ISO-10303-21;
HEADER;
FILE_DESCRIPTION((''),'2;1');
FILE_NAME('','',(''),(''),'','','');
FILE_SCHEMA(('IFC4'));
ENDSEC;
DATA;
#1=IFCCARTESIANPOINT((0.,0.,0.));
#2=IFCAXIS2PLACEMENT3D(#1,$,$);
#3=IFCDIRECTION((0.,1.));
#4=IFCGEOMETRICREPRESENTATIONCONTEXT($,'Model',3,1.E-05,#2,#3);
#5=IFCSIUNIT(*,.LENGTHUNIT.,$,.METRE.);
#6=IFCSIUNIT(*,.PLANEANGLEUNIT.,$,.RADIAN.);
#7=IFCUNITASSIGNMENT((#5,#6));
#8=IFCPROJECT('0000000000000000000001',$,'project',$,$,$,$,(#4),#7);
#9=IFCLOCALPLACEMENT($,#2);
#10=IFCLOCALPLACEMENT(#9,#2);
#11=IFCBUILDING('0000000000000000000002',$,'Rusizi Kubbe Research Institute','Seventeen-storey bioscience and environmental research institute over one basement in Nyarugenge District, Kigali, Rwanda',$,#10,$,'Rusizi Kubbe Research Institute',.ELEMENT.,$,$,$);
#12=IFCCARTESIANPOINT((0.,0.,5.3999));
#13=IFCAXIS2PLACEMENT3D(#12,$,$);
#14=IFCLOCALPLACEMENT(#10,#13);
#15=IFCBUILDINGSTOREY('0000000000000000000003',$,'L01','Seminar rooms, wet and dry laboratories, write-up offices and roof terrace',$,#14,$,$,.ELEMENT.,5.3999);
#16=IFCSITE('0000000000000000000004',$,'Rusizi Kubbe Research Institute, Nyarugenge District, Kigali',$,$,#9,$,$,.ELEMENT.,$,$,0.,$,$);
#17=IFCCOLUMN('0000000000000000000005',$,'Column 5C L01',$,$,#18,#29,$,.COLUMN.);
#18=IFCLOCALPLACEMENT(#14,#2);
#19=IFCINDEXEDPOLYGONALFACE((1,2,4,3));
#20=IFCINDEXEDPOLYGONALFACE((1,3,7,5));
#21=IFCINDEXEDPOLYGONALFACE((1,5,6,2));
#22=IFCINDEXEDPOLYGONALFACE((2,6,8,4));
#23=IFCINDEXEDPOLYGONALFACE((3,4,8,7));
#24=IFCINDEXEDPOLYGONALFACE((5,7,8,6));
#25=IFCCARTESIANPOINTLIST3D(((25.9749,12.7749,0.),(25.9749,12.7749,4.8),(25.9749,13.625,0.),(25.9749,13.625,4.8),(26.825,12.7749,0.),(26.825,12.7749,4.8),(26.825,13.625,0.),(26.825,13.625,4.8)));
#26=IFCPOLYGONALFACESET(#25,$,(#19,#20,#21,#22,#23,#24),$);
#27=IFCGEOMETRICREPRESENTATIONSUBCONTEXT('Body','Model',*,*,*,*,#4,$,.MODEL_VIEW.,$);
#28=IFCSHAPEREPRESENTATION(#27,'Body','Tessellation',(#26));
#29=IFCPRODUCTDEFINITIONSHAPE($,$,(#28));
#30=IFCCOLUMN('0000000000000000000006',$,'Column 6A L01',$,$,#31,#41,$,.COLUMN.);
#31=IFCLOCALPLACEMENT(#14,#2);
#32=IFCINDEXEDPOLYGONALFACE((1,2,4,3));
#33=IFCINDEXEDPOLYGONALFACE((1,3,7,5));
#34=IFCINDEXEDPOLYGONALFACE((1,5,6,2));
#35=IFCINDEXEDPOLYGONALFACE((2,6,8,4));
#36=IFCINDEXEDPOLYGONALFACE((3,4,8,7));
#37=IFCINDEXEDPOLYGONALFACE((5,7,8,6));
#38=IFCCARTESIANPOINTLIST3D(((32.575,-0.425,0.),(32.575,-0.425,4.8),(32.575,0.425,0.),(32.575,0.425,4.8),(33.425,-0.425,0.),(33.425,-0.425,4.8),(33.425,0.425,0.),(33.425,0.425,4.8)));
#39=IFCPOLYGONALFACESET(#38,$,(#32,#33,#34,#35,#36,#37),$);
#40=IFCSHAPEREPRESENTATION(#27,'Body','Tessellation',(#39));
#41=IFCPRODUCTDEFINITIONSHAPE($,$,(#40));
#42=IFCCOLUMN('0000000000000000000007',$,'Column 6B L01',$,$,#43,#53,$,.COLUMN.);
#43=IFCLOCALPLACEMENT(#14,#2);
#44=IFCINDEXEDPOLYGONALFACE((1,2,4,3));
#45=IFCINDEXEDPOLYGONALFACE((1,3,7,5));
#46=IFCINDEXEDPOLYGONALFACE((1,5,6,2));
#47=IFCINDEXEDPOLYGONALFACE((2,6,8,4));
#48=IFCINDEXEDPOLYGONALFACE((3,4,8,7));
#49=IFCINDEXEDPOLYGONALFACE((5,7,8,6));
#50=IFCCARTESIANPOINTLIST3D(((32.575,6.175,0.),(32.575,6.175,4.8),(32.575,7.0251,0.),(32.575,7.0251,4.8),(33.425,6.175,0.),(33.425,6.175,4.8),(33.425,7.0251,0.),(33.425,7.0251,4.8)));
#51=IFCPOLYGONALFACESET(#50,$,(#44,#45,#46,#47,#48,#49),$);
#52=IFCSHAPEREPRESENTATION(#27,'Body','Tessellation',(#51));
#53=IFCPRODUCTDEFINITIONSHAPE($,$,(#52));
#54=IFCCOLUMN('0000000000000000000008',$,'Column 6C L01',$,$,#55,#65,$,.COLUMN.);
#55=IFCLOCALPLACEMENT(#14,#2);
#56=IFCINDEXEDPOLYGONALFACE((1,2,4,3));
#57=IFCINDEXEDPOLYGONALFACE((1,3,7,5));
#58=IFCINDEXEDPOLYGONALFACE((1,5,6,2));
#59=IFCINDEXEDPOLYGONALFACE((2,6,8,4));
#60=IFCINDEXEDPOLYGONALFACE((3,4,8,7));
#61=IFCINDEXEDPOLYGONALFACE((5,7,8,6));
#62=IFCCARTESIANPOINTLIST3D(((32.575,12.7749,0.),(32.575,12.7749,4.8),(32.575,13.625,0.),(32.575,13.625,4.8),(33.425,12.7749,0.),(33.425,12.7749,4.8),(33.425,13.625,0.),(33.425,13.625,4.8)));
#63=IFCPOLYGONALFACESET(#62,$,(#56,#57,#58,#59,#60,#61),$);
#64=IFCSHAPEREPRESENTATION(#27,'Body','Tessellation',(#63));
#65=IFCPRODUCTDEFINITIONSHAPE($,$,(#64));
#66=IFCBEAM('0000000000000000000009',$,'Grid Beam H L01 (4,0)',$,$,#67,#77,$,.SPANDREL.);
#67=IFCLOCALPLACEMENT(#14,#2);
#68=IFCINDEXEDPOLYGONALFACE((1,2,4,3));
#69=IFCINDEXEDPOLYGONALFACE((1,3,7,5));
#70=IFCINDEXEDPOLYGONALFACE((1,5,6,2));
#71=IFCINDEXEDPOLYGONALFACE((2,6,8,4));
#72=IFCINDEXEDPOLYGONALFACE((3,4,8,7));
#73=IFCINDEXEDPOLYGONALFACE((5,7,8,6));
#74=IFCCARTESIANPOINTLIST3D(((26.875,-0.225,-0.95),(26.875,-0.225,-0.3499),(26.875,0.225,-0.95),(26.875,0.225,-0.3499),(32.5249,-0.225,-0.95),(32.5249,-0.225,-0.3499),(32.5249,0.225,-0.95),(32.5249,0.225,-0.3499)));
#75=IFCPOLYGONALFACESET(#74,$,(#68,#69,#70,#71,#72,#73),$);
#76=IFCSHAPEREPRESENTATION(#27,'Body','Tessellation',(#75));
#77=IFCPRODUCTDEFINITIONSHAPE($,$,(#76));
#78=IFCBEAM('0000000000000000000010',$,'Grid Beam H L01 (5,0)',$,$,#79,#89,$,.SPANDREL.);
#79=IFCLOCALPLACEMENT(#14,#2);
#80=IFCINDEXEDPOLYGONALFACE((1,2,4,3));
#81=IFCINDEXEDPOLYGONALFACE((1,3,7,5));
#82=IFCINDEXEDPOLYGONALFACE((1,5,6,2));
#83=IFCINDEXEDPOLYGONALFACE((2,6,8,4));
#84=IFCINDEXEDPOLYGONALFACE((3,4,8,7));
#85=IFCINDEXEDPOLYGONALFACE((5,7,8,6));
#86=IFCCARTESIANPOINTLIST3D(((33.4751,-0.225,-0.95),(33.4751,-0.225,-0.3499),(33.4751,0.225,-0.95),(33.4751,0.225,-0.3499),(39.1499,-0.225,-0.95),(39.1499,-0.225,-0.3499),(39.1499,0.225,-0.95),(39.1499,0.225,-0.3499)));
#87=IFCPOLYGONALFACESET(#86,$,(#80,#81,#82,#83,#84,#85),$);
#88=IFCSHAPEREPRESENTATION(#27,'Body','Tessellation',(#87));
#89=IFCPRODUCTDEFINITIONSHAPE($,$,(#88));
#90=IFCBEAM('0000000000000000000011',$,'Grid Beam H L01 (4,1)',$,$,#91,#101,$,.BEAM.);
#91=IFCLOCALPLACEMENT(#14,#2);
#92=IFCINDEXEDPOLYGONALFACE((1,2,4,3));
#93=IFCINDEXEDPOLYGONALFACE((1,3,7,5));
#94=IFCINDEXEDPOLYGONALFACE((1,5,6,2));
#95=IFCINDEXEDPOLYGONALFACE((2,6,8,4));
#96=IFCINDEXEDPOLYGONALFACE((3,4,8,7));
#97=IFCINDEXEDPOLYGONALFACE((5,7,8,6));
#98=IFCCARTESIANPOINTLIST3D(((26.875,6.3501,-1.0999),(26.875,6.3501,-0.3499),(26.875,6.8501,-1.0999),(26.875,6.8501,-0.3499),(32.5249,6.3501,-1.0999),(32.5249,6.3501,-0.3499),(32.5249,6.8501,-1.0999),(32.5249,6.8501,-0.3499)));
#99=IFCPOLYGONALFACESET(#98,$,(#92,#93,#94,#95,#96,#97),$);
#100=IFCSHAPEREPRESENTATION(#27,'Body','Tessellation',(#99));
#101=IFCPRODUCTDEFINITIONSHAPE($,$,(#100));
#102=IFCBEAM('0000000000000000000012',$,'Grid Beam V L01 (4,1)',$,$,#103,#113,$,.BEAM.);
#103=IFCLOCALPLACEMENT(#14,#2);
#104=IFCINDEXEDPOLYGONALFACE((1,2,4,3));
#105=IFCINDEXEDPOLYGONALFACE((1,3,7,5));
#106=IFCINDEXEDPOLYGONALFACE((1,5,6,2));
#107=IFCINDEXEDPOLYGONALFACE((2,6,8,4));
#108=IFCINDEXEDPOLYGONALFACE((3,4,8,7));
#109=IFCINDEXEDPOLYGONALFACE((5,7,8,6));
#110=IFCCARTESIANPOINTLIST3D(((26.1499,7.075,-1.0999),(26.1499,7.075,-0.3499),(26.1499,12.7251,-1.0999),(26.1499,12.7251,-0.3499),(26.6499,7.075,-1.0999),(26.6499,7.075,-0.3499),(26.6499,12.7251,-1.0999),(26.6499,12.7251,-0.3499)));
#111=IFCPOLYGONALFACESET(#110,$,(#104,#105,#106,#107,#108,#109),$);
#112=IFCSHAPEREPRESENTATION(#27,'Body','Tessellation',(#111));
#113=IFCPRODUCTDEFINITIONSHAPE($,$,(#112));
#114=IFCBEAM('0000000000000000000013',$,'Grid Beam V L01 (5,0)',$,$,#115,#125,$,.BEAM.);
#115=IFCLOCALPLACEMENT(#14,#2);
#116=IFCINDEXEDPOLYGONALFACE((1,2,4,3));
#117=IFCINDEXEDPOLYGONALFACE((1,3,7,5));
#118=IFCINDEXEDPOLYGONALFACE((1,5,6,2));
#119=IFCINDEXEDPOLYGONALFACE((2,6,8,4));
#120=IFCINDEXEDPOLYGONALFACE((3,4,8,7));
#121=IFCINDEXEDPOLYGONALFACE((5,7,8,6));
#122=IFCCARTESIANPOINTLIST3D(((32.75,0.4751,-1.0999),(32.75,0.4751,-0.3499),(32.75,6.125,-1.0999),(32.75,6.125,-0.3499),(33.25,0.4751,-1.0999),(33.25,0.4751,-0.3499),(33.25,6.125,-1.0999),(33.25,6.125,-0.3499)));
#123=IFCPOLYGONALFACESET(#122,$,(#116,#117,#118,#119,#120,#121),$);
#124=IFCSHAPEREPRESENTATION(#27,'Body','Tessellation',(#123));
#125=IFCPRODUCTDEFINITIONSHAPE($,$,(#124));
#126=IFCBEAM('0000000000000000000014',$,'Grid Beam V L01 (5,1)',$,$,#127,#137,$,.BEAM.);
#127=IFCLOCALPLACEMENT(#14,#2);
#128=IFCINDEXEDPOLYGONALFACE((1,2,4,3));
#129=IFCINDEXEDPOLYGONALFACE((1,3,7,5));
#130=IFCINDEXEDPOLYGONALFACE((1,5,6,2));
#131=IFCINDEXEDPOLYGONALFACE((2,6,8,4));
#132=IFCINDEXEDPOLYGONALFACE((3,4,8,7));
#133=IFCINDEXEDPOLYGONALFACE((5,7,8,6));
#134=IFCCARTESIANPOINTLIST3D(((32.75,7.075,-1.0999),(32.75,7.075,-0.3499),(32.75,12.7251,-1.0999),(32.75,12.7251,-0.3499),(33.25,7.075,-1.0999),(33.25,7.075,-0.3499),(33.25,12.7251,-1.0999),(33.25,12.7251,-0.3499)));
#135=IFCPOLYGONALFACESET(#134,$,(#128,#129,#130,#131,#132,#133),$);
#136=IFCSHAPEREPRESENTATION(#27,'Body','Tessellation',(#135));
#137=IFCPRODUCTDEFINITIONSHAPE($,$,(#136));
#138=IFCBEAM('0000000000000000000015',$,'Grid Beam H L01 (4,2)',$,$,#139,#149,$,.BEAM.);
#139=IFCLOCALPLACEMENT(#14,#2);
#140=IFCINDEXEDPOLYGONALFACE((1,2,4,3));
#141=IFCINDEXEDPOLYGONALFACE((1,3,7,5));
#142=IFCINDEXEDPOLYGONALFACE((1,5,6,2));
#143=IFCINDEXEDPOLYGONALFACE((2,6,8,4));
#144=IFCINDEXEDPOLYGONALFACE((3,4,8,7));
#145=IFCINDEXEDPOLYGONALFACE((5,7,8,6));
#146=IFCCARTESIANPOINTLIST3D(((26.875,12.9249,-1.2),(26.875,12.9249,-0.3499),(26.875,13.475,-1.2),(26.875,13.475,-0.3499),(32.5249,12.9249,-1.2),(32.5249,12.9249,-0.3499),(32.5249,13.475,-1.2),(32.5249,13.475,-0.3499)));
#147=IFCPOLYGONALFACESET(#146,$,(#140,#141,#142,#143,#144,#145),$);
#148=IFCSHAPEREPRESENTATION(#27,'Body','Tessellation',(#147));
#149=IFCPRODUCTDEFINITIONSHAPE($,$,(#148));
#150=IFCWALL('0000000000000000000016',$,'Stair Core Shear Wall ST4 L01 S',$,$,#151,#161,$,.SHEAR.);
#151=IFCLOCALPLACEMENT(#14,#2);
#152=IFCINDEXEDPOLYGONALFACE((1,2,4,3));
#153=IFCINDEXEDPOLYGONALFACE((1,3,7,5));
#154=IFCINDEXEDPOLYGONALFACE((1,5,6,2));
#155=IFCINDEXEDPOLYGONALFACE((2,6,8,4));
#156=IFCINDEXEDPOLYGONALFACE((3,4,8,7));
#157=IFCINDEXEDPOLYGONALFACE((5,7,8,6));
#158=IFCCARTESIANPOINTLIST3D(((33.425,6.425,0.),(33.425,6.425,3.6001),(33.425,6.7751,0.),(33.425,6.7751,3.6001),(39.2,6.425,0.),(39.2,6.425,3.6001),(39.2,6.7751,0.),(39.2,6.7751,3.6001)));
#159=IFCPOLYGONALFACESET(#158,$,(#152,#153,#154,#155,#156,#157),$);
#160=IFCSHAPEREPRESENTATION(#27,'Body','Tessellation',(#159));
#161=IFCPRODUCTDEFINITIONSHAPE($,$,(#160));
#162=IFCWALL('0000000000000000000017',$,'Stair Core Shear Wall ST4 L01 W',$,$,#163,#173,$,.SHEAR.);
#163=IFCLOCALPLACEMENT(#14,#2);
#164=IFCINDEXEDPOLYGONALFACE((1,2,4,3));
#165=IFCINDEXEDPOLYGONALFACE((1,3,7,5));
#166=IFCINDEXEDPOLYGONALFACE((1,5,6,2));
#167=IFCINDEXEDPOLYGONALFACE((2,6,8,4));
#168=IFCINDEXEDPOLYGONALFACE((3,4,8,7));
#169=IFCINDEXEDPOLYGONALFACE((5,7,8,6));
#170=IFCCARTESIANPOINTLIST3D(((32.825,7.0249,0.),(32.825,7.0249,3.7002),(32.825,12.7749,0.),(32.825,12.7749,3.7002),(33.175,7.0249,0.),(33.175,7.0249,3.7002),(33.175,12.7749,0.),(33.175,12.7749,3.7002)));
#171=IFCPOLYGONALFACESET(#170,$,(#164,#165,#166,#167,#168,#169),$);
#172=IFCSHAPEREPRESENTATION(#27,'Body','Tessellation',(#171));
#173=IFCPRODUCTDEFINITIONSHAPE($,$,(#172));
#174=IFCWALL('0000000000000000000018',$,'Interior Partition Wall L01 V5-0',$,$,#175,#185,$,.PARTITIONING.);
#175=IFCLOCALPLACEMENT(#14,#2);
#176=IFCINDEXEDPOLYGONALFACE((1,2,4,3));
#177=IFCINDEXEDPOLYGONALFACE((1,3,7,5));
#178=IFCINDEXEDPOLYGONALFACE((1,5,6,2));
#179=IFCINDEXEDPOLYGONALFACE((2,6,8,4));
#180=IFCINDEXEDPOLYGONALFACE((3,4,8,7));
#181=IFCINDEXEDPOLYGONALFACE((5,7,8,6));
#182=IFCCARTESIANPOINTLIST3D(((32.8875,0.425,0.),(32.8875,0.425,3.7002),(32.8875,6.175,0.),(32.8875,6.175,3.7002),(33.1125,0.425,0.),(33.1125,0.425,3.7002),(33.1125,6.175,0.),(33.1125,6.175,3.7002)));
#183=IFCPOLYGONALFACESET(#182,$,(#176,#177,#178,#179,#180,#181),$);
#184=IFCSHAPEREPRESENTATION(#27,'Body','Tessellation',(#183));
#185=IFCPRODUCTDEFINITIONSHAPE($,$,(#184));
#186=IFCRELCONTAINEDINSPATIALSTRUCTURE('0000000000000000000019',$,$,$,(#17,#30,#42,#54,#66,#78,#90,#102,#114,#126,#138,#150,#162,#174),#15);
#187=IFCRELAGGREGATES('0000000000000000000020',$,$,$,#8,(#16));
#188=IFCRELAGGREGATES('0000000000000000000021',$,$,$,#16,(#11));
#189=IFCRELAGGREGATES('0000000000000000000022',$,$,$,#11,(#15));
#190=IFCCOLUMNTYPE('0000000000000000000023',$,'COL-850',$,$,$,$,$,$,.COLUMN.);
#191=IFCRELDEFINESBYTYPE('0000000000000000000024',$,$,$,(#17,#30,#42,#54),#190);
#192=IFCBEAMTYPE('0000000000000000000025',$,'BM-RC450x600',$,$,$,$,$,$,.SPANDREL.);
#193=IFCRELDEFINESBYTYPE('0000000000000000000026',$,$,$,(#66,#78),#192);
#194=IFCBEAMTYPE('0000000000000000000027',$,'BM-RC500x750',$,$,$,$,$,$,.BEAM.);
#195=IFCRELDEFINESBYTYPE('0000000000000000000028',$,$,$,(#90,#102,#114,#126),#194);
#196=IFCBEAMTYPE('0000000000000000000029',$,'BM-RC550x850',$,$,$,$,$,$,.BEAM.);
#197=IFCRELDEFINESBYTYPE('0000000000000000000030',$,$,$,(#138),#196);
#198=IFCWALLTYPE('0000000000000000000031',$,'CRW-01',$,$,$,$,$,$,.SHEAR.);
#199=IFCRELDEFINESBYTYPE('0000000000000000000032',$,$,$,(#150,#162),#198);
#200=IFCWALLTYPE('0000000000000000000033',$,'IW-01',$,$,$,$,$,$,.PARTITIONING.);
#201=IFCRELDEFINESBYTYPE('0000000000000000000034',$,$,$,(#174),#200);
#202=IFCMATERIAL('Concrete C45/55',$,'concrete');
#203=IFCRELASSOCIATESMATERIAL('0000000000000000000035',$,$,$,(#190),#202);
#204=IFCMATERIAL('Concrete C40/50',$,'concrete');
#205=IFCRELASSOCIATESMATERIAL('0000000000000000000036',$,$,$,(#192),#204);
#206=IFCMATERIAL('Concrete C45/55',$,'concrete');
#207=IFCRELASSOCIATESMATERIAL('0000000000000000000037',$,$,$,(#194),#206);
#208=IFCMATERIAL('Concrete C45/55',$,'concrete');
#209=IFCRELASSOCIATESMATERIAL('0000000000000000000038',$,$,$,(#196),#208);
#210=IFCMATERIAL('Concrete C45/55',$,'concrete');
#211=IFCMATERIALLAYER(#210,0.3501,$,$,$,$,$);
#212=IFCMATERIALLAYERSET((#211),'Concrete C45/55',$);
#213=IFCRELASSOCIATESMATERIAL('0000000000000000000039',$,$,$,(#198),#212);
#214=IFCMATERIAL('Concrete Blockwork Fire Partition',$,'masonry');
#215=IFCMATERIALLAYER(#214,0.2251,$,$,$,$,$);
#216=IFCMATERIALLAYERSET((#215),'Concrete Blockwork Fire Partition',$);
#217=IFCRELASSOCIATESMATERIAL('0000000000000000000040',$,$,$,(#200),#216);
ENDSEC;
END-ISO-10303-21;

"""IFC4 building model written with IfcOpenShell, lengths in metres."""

from ifc_helpers import new_model, si_unit, direction, frame, frame_2d, origin, origin_2d, place, context, subcontext, project, spatial, rectangle, extrude, material, layer, layer_set, material_profile, profile_set, type_object, element, save


model = new_model("IFC4")

# Units and contexts
model_context = context("Model", 3, precision=1e-05, world=origin(), true_north=direction((0.0, 1.0)))
body_context = subcontext(model_context, "Body", "Model", "MODEL_VIEW")
ifc_project = project(units=[si_unit("LENGTHUNIT", "METRE"), si_unit("PLANEANGLEUNIT", "RADIAN")], contexts=[model_context])

# Site, building, storey
site_placement = place(None, origin())
site = spatial("IfcSite", under=ifc_project, at=site_placement, Name="Rusizi Kubbe Research Institute, Nyarugenge District, Kigali", CompositionType="ELEMENT", RefElevation=0.0)
building_placement = place(site_placement, origin())
building = spatial("IfcBuilding", under=site, at=building_placement, Name="Rusizi Kubbe Research Institute", Description="Seventeen-storey bioscience and environmental research institute over one basement in Nyarugenge District, Kigali, Rwanda", LongName="Rusizi Kubbe Research Institute", CompositionType="ELEMENT")
storey_placement = place(building_placement, frame((0.0, 0.0, 5.3999)))
storey = spatial("IfcBuildingStorey", under=building, at=storey_placement, Name="L01", Description="Seminar rooms, wet and dry laboratories, write-up offices and roof terrace", CompositionType="ELEMENT", Elevation=5.3999)

# Columns
ifc_material_1 = material(Name="Concrete C45/55", Category="concrete")
ifc_material_profile_1 = material_profile(ifc_material_1, rectangle(XDim=0.8501, YDim=0.8501, at=origin_2d()), Name="RC850x850")
ifc_profile_set_1 = profile_set([ifc_material_profile_1], Name="Concrete C45/55")
column_type = type_object("IfcColumnType", Name="COL-850", PredefinedType="COLUMN", material=ifc_profile_set_1)
for number, where, z_axis, x_axis, name in (
    (1, (26.3999, 13.2, 0.0), (0.0, 0.0, 1.0), (1.0, 0.0, 0.0), "Column 5C L01"),
    (2, (33.0, 0.0, 0.0), (0.0, 0.0, 1.0), (1.0, 0.0, 0.0), "Column 6A L01"),
    (3, (33.0, 6.6001, 0.0), (0.0, 0.0, 1.0), (1.0, 0.0, 0.0), "Column 6B L01"),
    (4, (33.0, 13.2, 0.0), (0.0, 0.0, 1.0), (1.0, 0.0, 0.0), "Column 6C L01"),
):
    element("IfcColumn", number, at=place(storey_placement, frame(where, z_axis=z_axis, x_axis=x_axis)), inside=storey, type_object=column_type, Name=name, PredefinedType="COLUMN", context=body_context, shape_type="SweptSolid", body=[
        extrude(rectangle(XDim=0.8501, YDim=0.8501, at=origin_2d()), origin(), (0.0, 0.0, 1.0), 4.8),
    ])

# Beams
ifc_material_2 = material(Name="Concrete C40/50", Category="concrete")
ifc_material_profile_2 = material_profile(ifc_material_2, rectangle(XDim=0.45, YDim=0.6001, at=origin_2d()), Name="RC450x600")
ifc_profile_set_2 = profile_set([ifc_material_profile_2], Name="Concrete C40/50")
beam_type_1 = type_object("IfcBeamType", Name="BM-RC450x600", PredefinedType="SPANDREL", material=ifc_profile_set_2)
beam_1_placement = place(storey_placement, frame((26.875, 0.0, -0.6499), z_axis=(1.0, 0.0, 0.0), x_axis=(0.0, 1.0, 0.0)))
element("IfcBeam", 5, at=beam_1_placement, inside=storey, type_object=beam_type_1, Name="Grid Beam H L01 (4,0)", PredefinedType="SPANDREL", context=body_context, shape_type="SweptSolid", body=[
    extrude(rectangle(XDim=0.45, YDim=0.6001, at=origin_2d()), origin(), (0.0, 0.0, 1.0), 5.6499),
])
beam_2_placement = place(storey_placement, frame((33.4751, 0.0, -0.6499), z_axis=(1.0, 0.0, 0.0), x_axis=(0.0, 1.0, 0.0)))
element("IfcBeam", 6, at=beam_2_placement, inside=storey, type_object=beam_type_1, Name="Grid Beam H L01 (5,0)", PredefinedType="SPANDREL", context=body_context, shape_type="SweptSolid", body=[
    extrude(rectangle(XDim=0.45, YDim=0.6001, at=origin_2d()), origin(), (0.0, 0.0, 1.0), 5.6748),
])
ifc_material_3 = material(Name="Concrete C45/55", Category="concrete")
ifc_material_profile_3 = material_profile(ifc_material_3, rectangle(XDim=0.5, YDim=0.75, at=origin_2d()), Name="RC500x750B")
ifc_profile_set_3 = profile_set([ifc_material_profile_3], Name="Concrete C45/55")
beam_type_2 = type_object("IfcBeamType", Name="BM-RC500x750", PredefinedType="BEAM", material=ifc_profile_set_3)
beam_3_placement = place(storey_placement, frame((26.875, 6.6001, -0.7249), z_axis=(1.0, 0.0, 0.0), x_axis=(0.0, 1.0, 0.0)))
element("IfcBeam", 7, at=beam_3_placement, inside=storey, type_object=beam_type_2, Name="Grid Beam H L01 (4,1)", PredefinedType="BEAM", context=body_context, shape_type="SweptSolid", body=[
    extrude(rectangle(XDim=0.5, YDim=0.75, at=origin_2d()), origin(), (0.0, 0.0, 1.0), 5.6499),
])
beam_4_placement = place(storey_placement, frame((26.3999, 7.075, -0.7249), z_axis=(0.0, 1.0, 0.0), x_axis=(-1.0, 0.0, 0.0)))
element("IfcBeam", 8, at=beam_4_placement, inside=storey, type_object=beam_type_2, Name="Grid Beam V L01 (4,1)", PredefinedType="BEAM", context=body_context, shape_type="SweptSolid", body=[
    extrude(rectangle(XDim=0.5, YDim=0.75, at=origin_2d()), origin(), (0.0, 0.0, 1.0), 5.6501),
])
beam_5_placement = place(storey_placement, frame((33.0, 0.4751, -0.7249), z_axis=(0.0, 1.0, 0.0), x_axis=(-1.0, 0.0, 0.0)))
element("IfcBeam", 9, at=beam_5_placement, inside=storey, type_object=beam_type_2, Name="Grid Beam V L01 (5,0)", PredefinedType="BEAM", context=body_context, shape_type="SweptSolid", body=[
    extrude(rectangle(XDim=0.5, YDim=0.75, at=origin_2d()), origin(), (0.0, 0.0, 1.0), 5.6499),
])
beam_6_placement = place(storey_placement, frame((33.0, 7.075, -0.7249), z_axis=(0.0, 1.0, 0.0), x_axis=(-1.0, 0.0, 0.0)))
element("IfcBeam", 10, at=beam_6_placement, inside=storey, type_object=beam_type_2, Name="Grid Beam V L01 (5,1)", PredefinedType="BEAM", context=body_context, shape_type="SweptSolid", body=[
    extrude(rectangle(XDim=0.5, YDim=0.75, at=origin_2d()), origin(), (0.0, 0.0, 1.0), 5.6501),
])
ifc_material_4 = material(Name="Concrete C45/55", Category="concrete")
ifc_material_profile_4 = material_profile(ifc_material_4, rectangle(XDim=0.55, YDim=0.8501, at=origin_2d()), Name="RC550x850")
ifc_profile_set_4 = profile_set([ifc_material_profile_4], Name="Concrete C45/55")
beam_type_3 = type_object("IfcBeamType", Name="BM-RC550x850", PredefinedType="BEAM", material=ifc_profile_set_4)
beam_7_placement = place(storey_placement, frame((26.875, 13.2, -0.7749), z_axis=(1.0, 0.0, 0.0), x_axis=(0.0, 1.0, 0.0)))
element("IfcBeam", 11, at=beam_7_placement, inside=storey, type_object=beam_type_3, Name="Grid Beam H L01 (4,2)", PredefinedType="BEAM", context=body_context, shape_type="SweptSolid", body=[
    extrude(rectangle(XDim=0.55, YDim=0.8501, at=origin_2d()), origin(), (0.0, 0.0, 1.0), 5.6499),
])

# Wall
ifc_material_5 = material(Name="Concrete C45/55", Category="concrete")
ifc_layer_1 = layer(ifc_material_5, 0.3501)
ifc_layer_set_1 = layer_set([ifc_layer_1], Name="Concrete C45/55")
wall_type_1 = type_object("IfcWallType", Name="CRW-01", PredefinedType="SHEAR", material=ifc_layer_set_1)
wall_1_placement = place(storey_placement, frame((33.425, 6.6001, 0.0), z_axis=(0.0, 0.0, 1.0), x_axis=(1.0, 0.0, 0.0)))
element("IfcWall", 12, at=wall_1_placement, inside=storey, type_object=wall_type_1, Name="Stair Core Shear Wall ST4 L01 S", PredefinedType="SHEAR", context=body_context, shape_type="SweptSolid", body=[
    extrude(rectangle(XDim=5.7749, YDim=0.3501, at=frame_2d((2.8875, 0.0))), origin(), (0.0, 0.0, 1.0), 3.6001),
])

# Walls
wall_2_placement = place(storey_placement, frame((33.0, 7.0249, 0.0), z_axis=(0.0, 0.0, 1.0), x_axis=(0.0, 1.0, 0.0)))
element("IfcWall", 13, at=wall_2_placement, inside=storey, type_object=wall_type_1, Name="Stair Core Shear Wall ST4 L01 W", PredefinedType="SHEAR", context=body_context, shape_type="SweptSolid", body=[
    extrude(rectangle(XDim=5.75, YDim=0.3501, at=frame_2d((2.875, 0.0))), origin(), (0.0, 0.0, 1.0), 3.7002),
])
ifc_material_6 = material(Name="Concrete Blockwork Fire Partition", Category="masonry")
ifc_layer_2 = layer(ifc_material_6, 0.2251)
ifc_layer_set_2 = layer_set([ifc_layer_2], Name="Concrete Blockwork Fire Partition")
wall_type_2 = type_object("IfcWallType", Name="IW-01", PredefinedType="PARTITIONING", material=ifc_layer_set_2)
wall_3_placement = place(storey_placement, frame((33.0, 0.425, 0.0), z_axis=(0.0, 0.0, 1.0), x_axis=(0.0, 1.0, 0.0)))
element("IfcWall", 14, at=wall_3_placement, inside=storey, type_object=wall_type_2, Name="Interior Partition Wall L01 V5-0", PredefinedType="PARTITIONING", context=body_context, shape_type="SweptSolid", body=[
    extrude(rectangle(XDim=5.75, YDim=0.2251, at=frame_2d((2.875, 0.0))), origin(), (0.0, 0.0, 1.0), 3.7002),
])

save(model, "model.ifc")
